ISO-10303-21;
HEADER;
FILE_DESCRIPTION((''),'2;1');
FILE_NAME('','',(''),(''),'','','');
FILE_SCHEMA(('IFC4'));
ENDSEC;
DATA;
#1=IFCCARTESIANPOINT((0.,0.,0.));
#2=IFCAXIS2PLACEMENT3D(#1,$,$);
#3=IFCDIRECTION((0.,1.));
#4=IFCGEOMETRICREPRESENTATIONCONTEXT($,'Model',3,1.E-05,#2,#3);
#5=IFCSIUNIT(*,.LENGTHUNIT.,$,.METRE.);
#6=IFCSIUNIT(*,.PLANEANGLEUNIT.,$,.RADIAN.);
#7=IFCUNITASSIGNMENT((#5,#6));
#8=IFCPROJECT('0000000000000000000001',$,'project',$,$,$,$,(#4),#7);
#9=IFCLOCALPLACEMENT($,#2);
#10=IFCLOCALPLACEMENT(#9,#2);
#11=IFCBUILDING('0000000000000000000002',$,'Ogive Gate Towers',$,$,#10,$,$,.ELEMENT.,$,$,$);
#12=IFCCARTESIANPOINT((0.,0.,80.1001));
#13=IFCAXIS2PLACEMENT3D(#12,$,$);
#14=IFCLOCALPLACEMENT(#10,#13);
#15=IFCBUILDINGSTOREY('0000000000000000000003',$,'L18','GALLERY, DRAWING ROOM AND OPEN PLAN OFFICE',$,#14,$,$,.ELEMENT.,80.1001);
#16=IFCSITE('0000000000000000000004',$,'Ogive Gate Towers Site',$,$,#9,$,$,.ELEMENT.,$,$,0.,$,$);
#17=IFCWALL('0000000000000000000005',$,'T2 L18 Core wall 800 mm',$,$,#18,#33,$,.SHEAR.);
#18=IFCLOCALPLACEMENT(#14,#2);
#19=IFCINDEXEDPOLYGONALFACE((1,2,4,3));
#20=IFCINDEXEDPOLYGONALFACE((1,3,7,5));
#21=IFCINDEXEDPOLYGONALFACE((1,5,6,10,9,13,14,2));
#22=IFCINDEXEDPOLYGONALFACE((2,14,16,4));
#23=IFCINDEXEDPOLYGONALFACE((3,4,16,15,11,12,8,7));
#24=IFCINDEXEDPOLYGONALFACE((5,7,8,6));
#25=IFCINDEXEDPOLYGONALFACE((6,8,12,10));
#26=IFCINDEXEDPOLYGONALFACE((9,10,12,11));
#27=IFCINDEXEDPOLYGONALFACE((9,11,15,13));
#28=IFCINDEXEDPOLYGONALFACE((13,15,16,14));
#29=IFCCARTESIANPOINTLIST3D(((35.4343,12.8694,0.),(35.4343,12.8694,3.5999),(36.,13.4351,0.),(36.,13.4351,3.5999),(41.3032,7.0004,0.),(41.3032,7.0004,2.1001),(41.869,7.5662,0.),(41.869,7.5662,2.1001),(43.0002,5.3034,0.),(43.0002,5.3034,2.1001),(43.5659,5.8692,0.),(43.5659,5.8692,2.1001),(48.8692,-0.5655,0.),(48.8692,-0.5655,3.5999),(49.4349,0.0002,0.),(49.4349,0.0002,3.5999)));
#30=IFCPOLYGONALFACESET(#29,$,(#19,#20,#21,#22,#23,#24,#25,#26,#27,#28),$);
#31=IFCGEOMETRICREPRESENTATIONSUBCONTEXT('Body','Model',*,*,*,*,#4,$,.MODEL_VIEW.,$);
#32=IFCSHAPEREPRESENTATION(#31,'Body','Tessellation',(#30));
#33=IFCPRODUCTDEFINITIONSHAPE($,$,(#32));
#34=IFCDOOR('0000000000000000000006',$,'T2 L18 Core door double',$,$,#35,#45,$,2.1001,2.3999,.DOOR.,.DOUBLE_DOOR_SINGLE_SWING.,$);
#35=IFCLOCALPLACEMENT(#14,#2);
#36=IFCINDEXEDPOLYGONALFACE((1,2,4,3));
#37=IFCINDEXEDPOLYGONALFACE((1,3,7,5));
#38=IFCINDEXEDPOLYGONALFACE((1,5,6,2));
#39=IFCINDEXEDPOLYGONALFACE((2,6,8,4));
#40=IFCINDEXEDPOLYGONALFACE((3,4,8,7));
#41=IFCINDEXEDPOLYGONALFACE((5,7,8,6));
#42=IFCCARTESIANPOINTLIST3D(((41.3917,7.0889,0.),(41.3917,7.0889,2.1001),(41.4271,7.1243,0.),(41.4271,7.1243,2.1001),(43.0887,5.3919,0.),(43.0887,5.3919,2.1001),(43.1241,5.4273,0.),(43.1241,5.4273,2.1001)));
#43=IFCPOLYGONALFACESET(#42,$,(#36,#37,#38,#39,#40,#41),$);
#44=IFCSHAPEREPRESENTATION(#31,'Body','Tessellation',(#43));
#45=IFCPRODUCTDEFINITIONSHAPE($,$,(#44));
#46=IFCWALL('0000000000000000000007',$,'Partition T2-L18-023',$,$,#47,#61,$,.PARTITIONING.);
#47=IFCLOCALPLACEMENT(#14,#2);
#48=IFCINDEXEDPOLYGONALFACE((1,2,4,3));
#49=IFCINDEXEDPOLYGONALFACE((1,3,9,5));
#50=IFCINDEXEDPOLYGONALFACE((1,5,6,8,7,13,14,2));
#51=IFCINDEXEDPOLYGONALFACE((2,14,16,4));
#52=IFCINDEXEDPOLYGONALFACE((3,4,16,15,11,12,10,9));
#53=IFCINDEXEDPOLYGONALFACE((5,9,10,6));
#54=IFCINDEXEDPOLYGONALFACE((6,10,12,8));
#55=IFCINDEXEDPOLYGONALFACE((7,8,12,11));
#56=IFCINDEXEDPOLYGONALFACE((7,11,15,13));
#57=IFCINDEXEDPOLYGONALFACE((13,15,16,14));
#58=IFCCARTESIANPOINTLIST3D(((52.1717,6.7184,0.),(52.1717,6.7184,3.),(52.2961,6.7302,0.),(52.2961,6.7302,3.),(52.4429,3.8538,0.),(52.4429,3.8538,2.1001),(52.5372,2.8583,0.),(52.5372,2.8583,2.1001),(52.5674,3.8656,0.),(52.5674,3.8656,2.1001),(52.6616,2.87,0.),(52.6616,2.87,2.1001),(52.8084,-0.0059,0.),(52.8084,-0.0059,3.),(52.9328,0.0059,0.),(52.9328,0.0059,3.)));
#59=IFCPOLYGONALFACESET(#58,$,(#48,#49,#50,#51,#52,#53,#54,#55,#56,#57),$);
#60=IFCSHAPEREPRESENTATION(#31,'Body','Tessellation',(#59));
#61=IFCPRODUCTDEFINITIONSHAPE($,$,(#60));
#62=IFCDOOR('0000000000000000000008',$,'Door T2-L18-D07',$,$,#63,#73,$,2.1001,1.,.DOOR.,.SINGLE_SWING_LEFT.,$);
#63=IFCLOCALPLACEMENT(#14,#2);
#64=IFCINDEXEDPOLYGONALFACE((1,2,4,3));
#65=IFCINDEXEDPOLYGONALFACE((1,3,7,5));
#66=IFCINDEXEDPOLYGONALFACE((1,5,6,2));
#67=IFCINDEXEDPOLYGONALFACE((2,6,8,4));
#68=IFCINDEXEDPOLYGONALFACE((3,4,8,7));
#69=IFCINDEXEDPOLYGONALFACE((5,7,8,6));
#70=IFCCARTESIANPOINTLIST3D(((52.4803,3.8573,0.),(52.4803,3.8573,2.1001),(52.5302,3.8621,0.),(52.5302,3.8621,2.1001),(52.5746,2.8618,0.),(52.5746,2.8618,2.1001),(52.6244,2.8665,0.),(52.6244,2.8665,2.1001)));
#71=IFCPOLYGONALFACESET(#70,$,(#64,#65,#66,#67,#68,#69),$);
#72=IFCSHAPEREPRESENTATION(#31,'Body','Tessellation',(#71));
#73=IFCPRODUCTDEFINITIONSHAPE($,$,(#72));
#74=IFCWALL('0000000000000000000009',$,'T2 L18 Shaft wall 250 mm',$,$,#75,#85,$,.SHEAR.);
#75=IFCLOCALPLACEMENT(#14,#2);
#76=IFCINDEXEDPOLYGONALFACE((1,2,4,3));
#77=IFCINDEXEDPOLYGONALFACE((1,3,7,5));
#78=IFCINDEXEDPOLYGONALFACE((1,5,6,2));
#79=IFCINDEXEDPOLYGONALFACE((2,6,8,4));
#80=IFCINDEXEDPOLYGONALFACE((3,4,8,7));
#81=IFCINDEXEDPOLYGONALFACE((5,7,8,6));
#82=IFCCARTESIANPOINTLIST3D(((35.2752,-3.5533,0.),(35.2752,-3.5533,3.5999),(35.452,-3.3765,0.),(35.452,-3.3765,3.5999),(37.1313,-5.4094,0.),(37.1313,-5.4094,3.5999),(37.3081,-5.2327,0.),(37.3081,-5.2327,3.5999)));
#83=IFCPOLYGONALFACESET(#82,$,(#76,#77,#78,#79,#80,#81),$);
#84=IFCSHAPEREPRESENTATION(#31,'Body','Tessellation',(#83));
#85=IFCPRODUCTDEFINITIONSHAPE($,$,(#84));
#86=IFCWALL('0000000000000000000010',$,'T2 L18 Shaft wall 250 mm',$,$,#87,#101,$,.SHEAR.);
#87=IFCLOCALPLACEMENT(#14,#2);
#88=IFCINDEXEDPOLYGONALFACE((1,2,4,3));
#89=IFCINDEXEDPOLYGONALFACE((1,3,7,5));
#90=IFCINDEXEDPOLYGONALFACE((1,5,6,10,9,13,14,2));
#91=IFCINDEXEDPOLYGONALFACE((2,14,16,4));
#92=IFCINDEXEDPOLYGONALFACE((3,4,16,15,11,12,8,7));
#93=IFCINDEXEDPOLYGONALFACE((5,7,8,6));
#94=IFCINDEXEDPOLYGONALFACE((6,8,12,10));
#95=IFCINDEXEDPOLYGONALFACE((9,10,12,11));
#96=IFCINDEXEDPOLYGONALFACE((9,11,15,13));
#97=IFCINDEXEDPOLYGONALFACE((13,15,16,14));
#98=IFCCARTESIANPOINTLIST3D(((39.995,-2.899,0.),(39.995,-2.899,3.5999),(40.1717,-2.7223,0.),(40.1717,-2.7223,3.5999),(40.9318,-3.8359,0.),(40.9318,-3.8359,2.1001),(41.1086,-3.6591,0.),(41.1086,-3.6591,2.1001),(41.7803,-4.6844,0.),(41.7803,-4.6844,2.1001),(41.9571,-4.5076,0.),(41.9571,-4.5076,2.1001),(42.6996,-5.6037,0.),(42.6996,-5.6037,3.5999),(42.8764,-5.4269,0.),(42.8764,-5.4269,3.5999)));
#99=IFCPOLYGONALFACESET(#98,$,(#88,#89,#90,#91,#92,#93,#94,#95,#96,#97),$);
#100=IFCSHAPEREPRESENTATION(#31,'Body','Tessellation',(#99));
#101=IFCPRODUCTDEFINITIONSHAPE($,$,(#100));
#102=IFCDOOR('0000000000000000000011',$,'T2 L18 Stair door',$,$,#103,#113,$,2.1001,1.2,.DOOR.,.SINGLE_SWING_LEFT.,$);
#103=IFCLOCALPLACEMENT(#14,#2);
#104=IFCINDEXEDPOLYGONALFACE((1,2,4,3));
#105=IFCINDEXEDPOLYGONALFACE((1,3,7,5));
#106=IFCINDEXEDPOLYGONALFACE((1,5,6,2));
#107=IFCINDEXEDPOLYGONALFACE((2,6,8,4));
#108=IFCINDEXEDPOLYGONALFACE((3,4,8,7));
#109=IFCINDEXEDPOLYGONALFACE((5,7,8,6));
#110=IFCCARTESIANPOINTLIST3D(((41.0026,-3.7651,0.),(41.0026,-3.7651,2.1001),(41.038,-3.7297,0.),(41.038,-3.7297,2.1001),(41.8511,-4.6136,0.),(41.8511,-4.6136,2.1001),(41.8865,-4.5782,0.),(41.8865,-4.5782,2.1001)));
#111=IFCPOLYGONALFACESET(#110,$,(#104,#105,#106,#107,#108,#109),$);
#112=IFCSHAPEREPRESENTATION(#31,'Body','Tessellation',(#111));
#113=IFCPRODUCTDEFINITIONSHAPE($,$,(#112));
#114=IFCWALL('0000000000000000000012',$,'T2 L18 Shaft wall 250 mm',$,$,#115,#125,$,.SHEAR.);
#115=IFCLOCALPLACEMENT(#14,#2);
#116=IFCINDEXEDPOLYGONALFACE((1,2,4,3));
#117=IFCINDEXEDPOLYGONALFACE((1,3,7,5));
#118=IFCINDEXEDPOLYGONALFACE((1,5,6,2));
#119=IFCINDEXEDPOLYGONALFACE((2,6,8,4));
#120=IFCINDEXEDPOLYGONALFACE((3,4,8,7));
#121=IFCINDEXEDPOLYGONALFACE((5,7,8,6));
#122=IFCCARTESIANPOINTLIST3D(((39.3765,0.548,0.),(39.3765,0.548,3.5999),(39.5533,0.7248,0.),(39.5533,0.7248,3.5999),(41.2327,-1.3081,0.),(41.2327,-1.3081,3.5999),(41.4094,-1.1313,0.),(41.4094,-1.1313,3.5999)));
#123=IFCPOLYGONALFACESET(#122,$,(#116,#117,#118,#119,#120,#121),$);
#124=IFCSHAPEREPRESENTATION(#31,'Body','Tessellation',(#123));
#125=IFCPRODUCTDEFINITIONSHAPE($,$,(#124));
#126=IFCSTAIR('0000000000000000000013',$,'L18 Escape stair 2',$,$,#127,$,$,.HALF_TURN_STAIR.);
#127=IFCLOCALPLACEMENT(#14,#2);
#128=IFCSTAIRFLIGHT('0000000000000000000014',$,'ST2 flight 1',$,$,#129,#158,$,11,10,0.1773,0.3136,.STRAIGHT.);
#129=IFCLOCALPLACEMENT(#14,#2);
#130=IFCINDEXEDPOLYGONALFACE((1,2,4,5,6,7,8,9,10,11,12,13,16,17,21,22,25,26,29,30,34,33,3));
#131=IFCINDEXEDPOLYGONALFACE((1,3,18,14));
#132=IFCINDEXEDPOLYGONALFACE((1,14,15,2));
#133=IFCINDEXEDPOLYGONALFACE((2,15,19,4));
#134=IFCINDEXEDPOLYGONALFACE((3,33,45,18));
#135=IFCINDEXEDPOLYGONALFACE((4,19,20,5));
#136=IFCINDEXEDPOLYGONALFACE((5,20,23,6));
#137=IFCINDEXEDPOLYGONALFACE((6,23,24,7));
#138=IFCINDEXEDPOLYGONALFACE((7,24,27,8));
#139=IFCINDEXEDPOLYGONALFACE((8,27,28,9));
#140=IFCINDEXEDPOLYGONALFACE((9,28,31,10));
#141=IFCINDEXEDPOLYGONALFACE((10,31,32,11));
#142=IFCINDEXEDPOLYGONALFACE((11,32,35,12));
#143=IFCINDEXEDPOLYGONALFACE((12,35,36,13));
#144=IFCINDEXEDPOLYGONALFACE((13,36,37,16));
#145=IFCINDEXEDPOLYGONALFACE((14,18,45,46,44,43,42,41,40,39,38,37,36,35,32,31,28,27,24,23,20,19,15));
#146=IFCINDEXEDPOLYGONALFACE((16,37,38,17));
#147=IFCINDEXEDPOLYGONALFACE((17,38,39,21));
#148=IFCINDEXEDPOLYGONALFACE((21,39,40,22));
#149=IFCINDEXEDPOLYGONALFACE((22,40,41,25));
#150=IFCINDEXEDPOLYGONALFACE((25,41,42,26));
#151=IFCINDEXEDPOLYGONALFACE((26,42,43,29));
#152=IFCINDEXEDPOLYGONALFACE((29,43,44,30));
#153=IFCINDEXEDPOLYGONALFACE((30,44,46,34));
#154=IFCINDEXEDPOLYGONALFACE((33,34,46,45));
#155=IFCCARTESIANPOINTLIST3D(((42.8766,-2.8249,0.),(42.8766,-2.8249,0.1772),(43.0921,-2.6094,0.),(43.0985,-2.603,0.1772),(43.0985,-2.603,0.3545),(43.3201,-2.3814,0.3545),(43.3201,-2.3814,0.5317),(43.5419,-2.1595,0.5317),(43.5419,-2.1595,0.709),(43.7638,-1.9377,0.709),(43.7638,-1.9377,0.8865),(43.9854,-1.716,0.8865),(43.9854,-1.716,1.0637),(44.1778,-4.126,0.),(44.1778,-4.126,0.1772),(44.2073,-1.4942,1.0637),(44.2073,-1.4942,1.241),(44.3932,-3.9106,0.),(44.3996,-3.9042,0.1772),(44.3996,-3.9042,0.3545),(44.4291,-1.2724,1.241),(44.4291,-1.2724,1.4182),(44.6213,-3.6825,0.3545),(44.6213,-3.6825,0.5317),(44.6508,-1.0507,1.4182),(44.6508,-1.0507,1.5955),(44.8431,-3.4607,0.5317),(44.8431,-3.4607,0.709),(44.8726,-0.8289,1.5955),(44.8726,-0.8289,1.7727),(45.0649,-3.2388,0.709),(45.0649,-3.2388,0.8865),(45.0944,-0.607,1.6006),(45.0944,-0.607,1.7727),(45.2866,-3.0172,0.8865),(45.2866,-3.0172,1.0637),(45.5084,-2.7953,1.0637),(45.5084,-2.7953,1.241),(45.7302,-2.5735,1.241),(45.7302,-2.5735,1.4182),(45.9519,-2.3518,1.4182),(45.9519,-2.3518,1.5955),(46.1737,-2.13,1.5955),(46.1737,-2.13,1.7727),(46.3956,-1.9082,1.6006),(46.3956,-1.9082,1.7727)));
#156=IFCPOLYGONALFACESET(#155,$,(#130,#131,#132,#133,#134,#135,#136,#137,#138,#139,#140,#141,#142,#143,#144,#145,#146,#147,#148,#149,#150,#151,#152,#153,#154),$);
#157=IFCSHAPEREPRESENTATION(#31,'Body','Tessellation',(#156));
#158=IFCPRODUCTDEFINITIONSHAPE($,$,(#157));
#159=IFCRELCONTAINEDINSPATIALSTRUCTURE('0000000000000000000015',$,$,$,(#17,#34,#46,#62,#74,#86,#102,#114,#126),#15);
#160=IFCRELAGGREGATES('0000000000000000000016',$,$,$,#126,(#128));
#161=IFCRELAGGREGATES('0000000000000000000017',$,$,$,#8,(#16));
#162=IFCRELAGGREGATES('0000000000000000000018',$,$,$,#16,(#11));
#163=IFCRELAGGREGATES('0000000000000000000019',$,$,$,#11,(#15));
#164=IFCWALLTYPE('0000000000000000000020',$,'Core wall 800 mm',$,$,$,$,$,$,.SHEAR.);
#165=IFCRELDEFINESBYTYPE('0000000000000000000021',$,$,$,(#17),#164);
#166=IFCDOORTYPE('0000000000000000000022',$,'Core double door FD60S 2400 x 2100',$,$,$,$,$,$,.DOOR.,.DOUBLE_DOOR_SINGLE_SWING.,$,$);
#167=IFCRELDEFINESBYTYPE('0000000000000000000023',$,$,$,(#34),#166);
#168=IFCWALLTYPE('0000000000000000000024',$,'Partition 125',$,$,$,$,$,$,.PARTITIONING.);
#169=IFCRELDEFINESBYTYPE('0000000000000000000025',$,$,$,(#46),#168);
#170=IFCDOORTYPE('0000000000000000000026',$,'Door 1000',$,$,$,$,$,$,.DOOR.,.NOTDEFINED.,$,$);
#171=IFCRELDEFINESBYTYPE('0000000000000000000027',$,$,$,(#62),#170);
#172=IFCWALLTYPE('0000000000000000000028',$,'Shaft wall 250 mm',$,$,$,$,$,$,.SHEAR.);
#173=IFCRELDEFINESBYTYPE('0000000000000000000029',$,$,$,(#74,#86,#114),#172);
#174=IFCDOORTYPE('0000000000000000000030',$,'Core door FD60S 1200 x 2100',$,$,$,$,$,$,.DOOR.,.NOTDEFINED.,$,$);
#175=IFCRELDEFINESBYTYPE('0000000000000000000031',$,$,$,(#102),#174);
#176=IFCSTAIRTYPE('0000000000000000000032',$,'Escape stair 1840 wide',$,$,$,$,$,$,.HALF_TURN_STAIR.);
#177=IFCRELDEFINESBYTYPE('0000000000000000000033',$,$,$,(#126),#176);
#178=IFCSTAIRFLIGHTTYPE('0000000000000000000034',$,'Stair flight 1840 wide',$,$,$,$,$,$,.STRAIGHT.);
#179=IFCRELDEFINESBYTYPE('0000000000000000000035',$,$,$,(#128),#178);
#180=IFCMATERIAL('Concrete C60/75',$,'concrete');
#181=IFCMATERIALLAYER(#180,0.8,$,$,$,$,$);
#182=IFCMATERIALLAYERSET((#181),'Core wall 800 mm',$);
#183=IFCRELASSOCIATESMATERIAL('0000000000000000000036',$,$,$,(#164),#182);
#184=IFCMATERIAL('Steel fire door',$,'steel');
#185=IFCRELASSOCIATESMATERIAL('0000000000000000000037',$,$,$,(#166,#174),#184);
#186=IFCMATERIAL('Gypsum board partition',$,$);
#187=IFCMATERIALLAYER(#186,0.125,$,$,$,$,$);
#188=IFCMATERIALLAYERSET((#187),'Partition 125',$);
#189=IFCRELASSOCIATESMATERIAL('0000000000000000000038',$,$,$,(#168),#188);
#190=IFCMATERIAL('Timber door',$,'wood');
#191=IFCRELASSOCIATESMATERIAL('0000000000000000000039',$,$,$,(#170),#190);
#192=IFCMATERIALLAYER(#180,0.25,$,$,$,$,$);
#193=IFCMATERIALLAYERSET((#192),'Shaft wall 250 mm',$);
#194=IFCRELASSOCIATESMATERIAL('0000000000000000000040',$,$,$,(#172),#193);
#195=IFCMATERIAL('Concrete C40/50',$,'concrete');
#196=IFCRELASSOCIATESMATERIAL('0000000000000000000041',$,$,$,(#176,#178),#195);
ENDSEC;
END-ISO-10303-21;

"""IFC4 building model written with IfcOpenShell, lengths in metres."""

from ifc_helpers import new_model, si_unit, direction, frame, frame_2d, origin, place, context, subcontext, project, spatial, polyline, rectangle, outline, extrude, material, layer, layer_set, type_object, element, fill, aggregate, save


model = new_model("IFC4")

# Units and contexts
model_context = context("Model", 3, precision=1e-05, world=origin(), true_north=direction((0.0, 1.0)))
body_context = subcontext(model_context, "Body", "Model", "MODEL_VIEW")
ifc_project = project(units=[si_unit("LENGTHUNIT", "METRE"), si_unit("PLANEANGLEUNIT", "RADIAN")], contexts=[model_context])

# Site, building, storey
site_placement = place(None, origin())
site = spatial("IfcSite", under=ifc_project, at=site_placement, Name="Ogive Gate Towers Site", CompositionType="ELEMENT", RefElevation=0.0)
building_placement = place(site_placement, origin())
building = spatial("IfcBuilding", under=site, at=building_placement, Name="Ogive Gate Towers", CompositionType="ELEMENT")
storey_placement = place(building_placement, frame((0.0, 0.0, 80.1001)))
storey = spatial("IfcBuildingStorey", under=building, at=storey_placement, Name="L18", Description="GALLERY, DRAWING ROOM AND OPEN PLAN OFFICE", CompositionType="ELEMENT", Elevation=80.1001)

# Shared definitions
ifc_material_1 = material(Name="Concrete C40/50", Category="concrete")

# Walls, openings, doors
ifc_material_2 = material(Name="Concrete C60/75", Category="concrete")
ifc_layer_1 = layer(ifc_material_2, 0.8)
ifc_layer_set_1 = layer_set([ifc_layer_1], Name="Core wall 800 mm")
wall_type_1 = type_object("IfcWallType", Name="Core wall 800 mm", PredefinedType="SHEAR", material=ifc_layer_set_1)
wall_1_placement = place(storey_placement, frame((49.1521, -0.2827, 0.0), z_axis=(0.0, 0.0, 1.0), x_axis=(-0.707107, 0.707107, 0.0)))
wall_1 = element("IfcWall", 1, at=wall_1_placement, inside=storey, type_object=wall_type_1, Name="T2 L18 Core wall 800 mm", PredefinedType="SHEAR", context=body_context, shape_type="SweptSolid", body=[
    extrude(rectangle(XDim=18.9998, YDim=0.8, at=frame_2d((9.5, 0.0))), origin(), (0.0, 0.0, 1.0), 3.5999),
])
opening_1_placement = place(wall_1_placement, frame((8.3, 0.0, 0.0)))
opening_1 = element("IfcOpeningElement", 2, at=opening_1_placement, cuts=wall_1, PredefinedType="OPENING", context=body_context, shape_type="SweptSolid", body=[
    extrude(rectangle(XDim=2.3999, YDim=2.1001, at=frame_2d((1.2, 1.05))), frame((0.0, 0.4102, 0.0), z_axis=(0.0, -1.0, 0.0), x_axis=(1.0, 0.0, 0.0)), (0.0, 0.0, 1.0), 0.8201),
])
ifc_material_3 = material(Name="Steel fire door", Category="steel")
door_type_1 = type_object("IfcDoorType", Name="Core double door FD60S 2400 x 2100", OperationType="DOUBLE_DOOR_SINGLE_SWING", PredefinedType="DOOR", material=ifc_material_3)
door_1_placement = place(opening_1_placement, origin())
door_1 = element("IfcDoor", 3, at=door_1_placement, inside=storey, type_object=door_type_1, Name="T2 L18 Core door double", OperationType="DOUBLE_DOOR_SINGLE_SWING", OverallHeight=2.1001, OverallWidth=2.3999, PredefinedType="DOOR", context=body_context, shape_type="SweptSolid", body=[
    extrude(rectangle(XDim=2.3999, YDim=2.1001, at=frame_2d((1.2, 1.05))), frame((0.0, 0.2749, 0.0), z_axis=(0.0, -1.0, 0.0), x_axis=(1.0, 0.0, 0.0)), (0.0, 0.0, 1.0), 0.05),
])
fill(opening_1, door_1)
ifc_material_4 = material(Name="Gypsum board partition")
ifc_layer_2 = layer(ifc_material_4, 0.125)
ifc_layer_set_2 = layer_set([ifc_layer_2], Name="Partition 125")
wall_type_2 = type_object("IfcWallType", Name="Partition 125", PredefinedType="PARTITIONING", material=ifc_layer_set_2)
wall_2_placement = place(storey_placement, frame((52.8706, 0.0, 0.0), z_axis=(0.0, 0.0, 1.0), x_axis=(-0.094267, 0.995547, 0.0)))
wall_2 = element("IfcWall", 4, at=wall_2_placement, inside=storey, type_object=wall_type_2, Name="Partition T2-L18-023", PredefinedType="PARTITIONING", context=body_context, shape_type="SweptSolid", body=[
    extrude(rectangle(XDim=6.7544, YDim=0.125, at=frame_2d((3.3772, 0.0))), origin(), (0.0, 0.0, 1.0), 3.0),
])
opening_2_placement = place(wall_2_placement, frame((2.877, 0.0, 0.0)))
opening_2 = element("IfcOpeningElement", 5, at=opening_2_placement, cuts=wall_2, PredefinedType="OPENING", context=body_context, shape_type="SweptSolid", body=[
    extrude(rectangle(XDim=1.0, YDim=2.1001, at=frame_2d((0.5, 1.05))), frame((0.0, 0.0725, 0.0), z_axis=(0.0, -1.0, 0.0), x_axis=(1.0, 0.0, 0.0)), (0.0, 0.0, 1.0), 0.145),
])
ifc_material_5 = material(Name="Timber door", Category="wood")
door_type_2 = type_object("IfcDoorType", Name="Door 1000", OperationType="NOTDEFINED", PredefinedType="DOOR", material=ifc_material_5)
door_2_placement = place(opening_2_placement, origin())
door_2 = element("IfcDoor", 6, at=door_2_placement, inside=storey, type_object=door_type_2, Name="Door T2-L18-D07", OperationType="SINGLE_SWING_LEFT", OverallHeight=2.1001, OverallWidth=1.0, PredefinedType="DOOR", context=body_context, shape_type="SweptSolid", body=[
    extrude(rectangle(XDim=1.0, YDim=2.1001, at=frame_2d((0.5, 1.05))), frame((0.0, 0.0249, 0.0), z_axis=(0.0, -1.0, 0.0), x_axis=(1.0, 0.0, 0.0)), (0.0, 0.0, 1.0), 0.05),
])
fill(opening_2, door_2)

# Wall
ifc_layer_3 = layer(ifc_material_2, 0.25)
ifc_layer_set_3 = layer_set([ifc_layer_3], Name="Shaft wall 250 mm")
wall_type_3 = type_object("IfcWallType", Name="Shaft wall 250 mm", PredefinedType="SHEAR", material=ifc_layer_set_3)
wall_3_placement = place(storey_placement, frame((37.2197, -5.321, 0.0), z_axis=(0.0, 0.0, 1.0), x_axis=(-0.707107, 0.707107, 0.0)))
element("IfcWall", 7, at=wall_3_placement, inside=storey, type_object=wall_type_3, Name="T2 L18 Shaft wall 250 mm", PredefinedType="SHEAR", context=body_context, shape_type="SweptSolid", body=[
    extrude(rectangle(XDim=2.625, YDim=0.25, at=frame_2d((1.3125, 0.0))), origin(), (0.0, 0.0, 1.0), 3.5999),
])

# Wall, opening, door
wall_4_placement = place(storey_placement, frame((42.7881, -5.5154, 0.0), z_axis=(0.0, 0.0, 1.0), x_axis=(-0.707107, 0.707107, 0.0)))
wall_4 = element("IfcWall", 8, at=wall_4_placement, inside=storey, type_object=wall_type_3, Name="T2 L18 Shaft wall 250 mm", PredefinedType="SHEAR", context=body_context, shape_type="SweptSolid", body=[
    extrude(rectangle(XDim=3.825, YDim=0.25, at=frame_2d((1.9126, 0.0))), origin(), (0.0, 0.0, 1.0), 3.5999),
])
opening_3_placement = place(wall_4_placement, frame((1.3, 0.0, 0.0)))
opening_3 = element("IfcOpeningElement", 9, at=opening_3_placement, cuts=wall_4, PredefinedType="OPENING", context=body_context, shape_type="SweptSolid", body=[
    extrude(rectangle(XDim=1.2, YDim=2.1001, at=frame_2d((0.6001, 1.05))), frame((0.0, 0.135, 0.0), z_axis=(0.0, -1.0, 0.0), x_axis=(1.0, 0.0, 0.0)), (0.0, 0.0, 1.0), 0.27),
])
door_type_3 = type_object("IfcDoorType", Name="Core door FD60S 1200 x 2100", OperationType="NOTDEFINED", PredefinedType="DOOR", material=ifc_material_3)
door_3_placement = place(opening_3_placement, origin())
door_3 = element("IfcDoor", 10, at=door_3_placement, inside=storey, type_object=door_type_3, Name="T2 L18 Stair door", OperationType="SINGLE_SWING_LEFT", OverallHeight=2.1001, OverallWidth=1.2, PredefinedType="DOOR", context=body_context, shape_type="SweptSolid", body=[
    extrude(rectangle(XDim=1.2, YDim=2.1001, at=frame_2d((0.6001, 1.05))), frame((0.0, 0.0249, 0.0), z_axis=(0.0, -1.0, 0.0), x_axis=(1.0, 0.0, 0.0)), (0.0, 0.0, 1.0), 0.05),
])
fill(opening_3, door_3)

# Wall
wall_5_placement = place(storey_placement, frame((41.321, -1.2197, 0.0), z_axis=(0.0, 0.0, 1.0), x_axis=(-0.707107, 0.707107, 0.0)))
element("IfcWall", 11, at=wall_5_placement, inside=storey, type_object=wall_type_3, Name="T2 L18 Shaft wall 250 mm", PredefinedType="SHEAR", context=body_context, shape_type="SweptSolid", body=[
    extrude(rectangle(XDim=2.625, YDim=0.25, at=frame_2d((1.3125, 0.0))), origin(), (0.0, 0.0, 1.0), 3.5999),
])

# Stair, stair flight
stair_type = type_object("IfcStairType", Name="Escape stair 1840 wide", PredefinedType="HALF_TURN_STAIR", material=ifc_material_1)
stair_placement = place(storey_placement, origin())
stair = element("IfcStair", 12, at=stair_placement, inside=storey, type_object=stair_type, Name="L18 Escape stair 2", PredefinedType="HALF_TURN_STAIR")
stair_flight_type = type_object("IfcStairFlightType", Name="Stair flight 1840 wide", PredefinedType="STRAIGHT", material=ifc_material_1)
stair_flight_placement = place(storey_placement, frame((43.5271, -3.4753, 0.0), z_axis=(0.0, 0.0, 1.0), x_axis=(0.707107, 0.707107, 0.0)))
stair_flight = element("IfcStairFlight", 13, at=stair_flight_placement, type_object=stair_flight_type, Name="ST2 flight 1", NumberOfRisers=11, NumberOfTreads=10, PredefinedType="STRAIGHT", RiserHeight=0.1773, TreadLength=0.3136, context=body_context, shape_type="SweptSolid", body=[
    extrude(outline(polyline([(0.0, 0.0), (0.0, 0.1772), (0.3137, 0.1772), (0.3137, 0.3545), (0.6272, 0.3545), (0.6272, 0.5317), (0.9409, 0.5317), (0.9409, 0.709), (1.2546, 0.709), (1.2546, 0.8865), (1.5681, 0.8865), (1.5681, 1.0637), (1.8818, 1.0637), (1.8818, 1.241), (2.1956, 1.241), (2.1956, 1.4182), (2.509, 1.4182), (2.509, 1.5955), (2.8228, 1.5955), (2.8228, 1.7727), (3.1365, 1.7727), (3.1365, 1.95), (3.1365, 1.6006), (0.3047, 0.0), (0.0, 0.0)])), frame((0.0, 0.9199, 0.0), z_axis=(0.0, -1.0, 0.0), x_axis=(1.0, 0.0, 0.0)), (0.0, 0.0, 1.0), 1.8401),
])
aggregate(stair, [stair_flight])

save(model, "model.ifc")
